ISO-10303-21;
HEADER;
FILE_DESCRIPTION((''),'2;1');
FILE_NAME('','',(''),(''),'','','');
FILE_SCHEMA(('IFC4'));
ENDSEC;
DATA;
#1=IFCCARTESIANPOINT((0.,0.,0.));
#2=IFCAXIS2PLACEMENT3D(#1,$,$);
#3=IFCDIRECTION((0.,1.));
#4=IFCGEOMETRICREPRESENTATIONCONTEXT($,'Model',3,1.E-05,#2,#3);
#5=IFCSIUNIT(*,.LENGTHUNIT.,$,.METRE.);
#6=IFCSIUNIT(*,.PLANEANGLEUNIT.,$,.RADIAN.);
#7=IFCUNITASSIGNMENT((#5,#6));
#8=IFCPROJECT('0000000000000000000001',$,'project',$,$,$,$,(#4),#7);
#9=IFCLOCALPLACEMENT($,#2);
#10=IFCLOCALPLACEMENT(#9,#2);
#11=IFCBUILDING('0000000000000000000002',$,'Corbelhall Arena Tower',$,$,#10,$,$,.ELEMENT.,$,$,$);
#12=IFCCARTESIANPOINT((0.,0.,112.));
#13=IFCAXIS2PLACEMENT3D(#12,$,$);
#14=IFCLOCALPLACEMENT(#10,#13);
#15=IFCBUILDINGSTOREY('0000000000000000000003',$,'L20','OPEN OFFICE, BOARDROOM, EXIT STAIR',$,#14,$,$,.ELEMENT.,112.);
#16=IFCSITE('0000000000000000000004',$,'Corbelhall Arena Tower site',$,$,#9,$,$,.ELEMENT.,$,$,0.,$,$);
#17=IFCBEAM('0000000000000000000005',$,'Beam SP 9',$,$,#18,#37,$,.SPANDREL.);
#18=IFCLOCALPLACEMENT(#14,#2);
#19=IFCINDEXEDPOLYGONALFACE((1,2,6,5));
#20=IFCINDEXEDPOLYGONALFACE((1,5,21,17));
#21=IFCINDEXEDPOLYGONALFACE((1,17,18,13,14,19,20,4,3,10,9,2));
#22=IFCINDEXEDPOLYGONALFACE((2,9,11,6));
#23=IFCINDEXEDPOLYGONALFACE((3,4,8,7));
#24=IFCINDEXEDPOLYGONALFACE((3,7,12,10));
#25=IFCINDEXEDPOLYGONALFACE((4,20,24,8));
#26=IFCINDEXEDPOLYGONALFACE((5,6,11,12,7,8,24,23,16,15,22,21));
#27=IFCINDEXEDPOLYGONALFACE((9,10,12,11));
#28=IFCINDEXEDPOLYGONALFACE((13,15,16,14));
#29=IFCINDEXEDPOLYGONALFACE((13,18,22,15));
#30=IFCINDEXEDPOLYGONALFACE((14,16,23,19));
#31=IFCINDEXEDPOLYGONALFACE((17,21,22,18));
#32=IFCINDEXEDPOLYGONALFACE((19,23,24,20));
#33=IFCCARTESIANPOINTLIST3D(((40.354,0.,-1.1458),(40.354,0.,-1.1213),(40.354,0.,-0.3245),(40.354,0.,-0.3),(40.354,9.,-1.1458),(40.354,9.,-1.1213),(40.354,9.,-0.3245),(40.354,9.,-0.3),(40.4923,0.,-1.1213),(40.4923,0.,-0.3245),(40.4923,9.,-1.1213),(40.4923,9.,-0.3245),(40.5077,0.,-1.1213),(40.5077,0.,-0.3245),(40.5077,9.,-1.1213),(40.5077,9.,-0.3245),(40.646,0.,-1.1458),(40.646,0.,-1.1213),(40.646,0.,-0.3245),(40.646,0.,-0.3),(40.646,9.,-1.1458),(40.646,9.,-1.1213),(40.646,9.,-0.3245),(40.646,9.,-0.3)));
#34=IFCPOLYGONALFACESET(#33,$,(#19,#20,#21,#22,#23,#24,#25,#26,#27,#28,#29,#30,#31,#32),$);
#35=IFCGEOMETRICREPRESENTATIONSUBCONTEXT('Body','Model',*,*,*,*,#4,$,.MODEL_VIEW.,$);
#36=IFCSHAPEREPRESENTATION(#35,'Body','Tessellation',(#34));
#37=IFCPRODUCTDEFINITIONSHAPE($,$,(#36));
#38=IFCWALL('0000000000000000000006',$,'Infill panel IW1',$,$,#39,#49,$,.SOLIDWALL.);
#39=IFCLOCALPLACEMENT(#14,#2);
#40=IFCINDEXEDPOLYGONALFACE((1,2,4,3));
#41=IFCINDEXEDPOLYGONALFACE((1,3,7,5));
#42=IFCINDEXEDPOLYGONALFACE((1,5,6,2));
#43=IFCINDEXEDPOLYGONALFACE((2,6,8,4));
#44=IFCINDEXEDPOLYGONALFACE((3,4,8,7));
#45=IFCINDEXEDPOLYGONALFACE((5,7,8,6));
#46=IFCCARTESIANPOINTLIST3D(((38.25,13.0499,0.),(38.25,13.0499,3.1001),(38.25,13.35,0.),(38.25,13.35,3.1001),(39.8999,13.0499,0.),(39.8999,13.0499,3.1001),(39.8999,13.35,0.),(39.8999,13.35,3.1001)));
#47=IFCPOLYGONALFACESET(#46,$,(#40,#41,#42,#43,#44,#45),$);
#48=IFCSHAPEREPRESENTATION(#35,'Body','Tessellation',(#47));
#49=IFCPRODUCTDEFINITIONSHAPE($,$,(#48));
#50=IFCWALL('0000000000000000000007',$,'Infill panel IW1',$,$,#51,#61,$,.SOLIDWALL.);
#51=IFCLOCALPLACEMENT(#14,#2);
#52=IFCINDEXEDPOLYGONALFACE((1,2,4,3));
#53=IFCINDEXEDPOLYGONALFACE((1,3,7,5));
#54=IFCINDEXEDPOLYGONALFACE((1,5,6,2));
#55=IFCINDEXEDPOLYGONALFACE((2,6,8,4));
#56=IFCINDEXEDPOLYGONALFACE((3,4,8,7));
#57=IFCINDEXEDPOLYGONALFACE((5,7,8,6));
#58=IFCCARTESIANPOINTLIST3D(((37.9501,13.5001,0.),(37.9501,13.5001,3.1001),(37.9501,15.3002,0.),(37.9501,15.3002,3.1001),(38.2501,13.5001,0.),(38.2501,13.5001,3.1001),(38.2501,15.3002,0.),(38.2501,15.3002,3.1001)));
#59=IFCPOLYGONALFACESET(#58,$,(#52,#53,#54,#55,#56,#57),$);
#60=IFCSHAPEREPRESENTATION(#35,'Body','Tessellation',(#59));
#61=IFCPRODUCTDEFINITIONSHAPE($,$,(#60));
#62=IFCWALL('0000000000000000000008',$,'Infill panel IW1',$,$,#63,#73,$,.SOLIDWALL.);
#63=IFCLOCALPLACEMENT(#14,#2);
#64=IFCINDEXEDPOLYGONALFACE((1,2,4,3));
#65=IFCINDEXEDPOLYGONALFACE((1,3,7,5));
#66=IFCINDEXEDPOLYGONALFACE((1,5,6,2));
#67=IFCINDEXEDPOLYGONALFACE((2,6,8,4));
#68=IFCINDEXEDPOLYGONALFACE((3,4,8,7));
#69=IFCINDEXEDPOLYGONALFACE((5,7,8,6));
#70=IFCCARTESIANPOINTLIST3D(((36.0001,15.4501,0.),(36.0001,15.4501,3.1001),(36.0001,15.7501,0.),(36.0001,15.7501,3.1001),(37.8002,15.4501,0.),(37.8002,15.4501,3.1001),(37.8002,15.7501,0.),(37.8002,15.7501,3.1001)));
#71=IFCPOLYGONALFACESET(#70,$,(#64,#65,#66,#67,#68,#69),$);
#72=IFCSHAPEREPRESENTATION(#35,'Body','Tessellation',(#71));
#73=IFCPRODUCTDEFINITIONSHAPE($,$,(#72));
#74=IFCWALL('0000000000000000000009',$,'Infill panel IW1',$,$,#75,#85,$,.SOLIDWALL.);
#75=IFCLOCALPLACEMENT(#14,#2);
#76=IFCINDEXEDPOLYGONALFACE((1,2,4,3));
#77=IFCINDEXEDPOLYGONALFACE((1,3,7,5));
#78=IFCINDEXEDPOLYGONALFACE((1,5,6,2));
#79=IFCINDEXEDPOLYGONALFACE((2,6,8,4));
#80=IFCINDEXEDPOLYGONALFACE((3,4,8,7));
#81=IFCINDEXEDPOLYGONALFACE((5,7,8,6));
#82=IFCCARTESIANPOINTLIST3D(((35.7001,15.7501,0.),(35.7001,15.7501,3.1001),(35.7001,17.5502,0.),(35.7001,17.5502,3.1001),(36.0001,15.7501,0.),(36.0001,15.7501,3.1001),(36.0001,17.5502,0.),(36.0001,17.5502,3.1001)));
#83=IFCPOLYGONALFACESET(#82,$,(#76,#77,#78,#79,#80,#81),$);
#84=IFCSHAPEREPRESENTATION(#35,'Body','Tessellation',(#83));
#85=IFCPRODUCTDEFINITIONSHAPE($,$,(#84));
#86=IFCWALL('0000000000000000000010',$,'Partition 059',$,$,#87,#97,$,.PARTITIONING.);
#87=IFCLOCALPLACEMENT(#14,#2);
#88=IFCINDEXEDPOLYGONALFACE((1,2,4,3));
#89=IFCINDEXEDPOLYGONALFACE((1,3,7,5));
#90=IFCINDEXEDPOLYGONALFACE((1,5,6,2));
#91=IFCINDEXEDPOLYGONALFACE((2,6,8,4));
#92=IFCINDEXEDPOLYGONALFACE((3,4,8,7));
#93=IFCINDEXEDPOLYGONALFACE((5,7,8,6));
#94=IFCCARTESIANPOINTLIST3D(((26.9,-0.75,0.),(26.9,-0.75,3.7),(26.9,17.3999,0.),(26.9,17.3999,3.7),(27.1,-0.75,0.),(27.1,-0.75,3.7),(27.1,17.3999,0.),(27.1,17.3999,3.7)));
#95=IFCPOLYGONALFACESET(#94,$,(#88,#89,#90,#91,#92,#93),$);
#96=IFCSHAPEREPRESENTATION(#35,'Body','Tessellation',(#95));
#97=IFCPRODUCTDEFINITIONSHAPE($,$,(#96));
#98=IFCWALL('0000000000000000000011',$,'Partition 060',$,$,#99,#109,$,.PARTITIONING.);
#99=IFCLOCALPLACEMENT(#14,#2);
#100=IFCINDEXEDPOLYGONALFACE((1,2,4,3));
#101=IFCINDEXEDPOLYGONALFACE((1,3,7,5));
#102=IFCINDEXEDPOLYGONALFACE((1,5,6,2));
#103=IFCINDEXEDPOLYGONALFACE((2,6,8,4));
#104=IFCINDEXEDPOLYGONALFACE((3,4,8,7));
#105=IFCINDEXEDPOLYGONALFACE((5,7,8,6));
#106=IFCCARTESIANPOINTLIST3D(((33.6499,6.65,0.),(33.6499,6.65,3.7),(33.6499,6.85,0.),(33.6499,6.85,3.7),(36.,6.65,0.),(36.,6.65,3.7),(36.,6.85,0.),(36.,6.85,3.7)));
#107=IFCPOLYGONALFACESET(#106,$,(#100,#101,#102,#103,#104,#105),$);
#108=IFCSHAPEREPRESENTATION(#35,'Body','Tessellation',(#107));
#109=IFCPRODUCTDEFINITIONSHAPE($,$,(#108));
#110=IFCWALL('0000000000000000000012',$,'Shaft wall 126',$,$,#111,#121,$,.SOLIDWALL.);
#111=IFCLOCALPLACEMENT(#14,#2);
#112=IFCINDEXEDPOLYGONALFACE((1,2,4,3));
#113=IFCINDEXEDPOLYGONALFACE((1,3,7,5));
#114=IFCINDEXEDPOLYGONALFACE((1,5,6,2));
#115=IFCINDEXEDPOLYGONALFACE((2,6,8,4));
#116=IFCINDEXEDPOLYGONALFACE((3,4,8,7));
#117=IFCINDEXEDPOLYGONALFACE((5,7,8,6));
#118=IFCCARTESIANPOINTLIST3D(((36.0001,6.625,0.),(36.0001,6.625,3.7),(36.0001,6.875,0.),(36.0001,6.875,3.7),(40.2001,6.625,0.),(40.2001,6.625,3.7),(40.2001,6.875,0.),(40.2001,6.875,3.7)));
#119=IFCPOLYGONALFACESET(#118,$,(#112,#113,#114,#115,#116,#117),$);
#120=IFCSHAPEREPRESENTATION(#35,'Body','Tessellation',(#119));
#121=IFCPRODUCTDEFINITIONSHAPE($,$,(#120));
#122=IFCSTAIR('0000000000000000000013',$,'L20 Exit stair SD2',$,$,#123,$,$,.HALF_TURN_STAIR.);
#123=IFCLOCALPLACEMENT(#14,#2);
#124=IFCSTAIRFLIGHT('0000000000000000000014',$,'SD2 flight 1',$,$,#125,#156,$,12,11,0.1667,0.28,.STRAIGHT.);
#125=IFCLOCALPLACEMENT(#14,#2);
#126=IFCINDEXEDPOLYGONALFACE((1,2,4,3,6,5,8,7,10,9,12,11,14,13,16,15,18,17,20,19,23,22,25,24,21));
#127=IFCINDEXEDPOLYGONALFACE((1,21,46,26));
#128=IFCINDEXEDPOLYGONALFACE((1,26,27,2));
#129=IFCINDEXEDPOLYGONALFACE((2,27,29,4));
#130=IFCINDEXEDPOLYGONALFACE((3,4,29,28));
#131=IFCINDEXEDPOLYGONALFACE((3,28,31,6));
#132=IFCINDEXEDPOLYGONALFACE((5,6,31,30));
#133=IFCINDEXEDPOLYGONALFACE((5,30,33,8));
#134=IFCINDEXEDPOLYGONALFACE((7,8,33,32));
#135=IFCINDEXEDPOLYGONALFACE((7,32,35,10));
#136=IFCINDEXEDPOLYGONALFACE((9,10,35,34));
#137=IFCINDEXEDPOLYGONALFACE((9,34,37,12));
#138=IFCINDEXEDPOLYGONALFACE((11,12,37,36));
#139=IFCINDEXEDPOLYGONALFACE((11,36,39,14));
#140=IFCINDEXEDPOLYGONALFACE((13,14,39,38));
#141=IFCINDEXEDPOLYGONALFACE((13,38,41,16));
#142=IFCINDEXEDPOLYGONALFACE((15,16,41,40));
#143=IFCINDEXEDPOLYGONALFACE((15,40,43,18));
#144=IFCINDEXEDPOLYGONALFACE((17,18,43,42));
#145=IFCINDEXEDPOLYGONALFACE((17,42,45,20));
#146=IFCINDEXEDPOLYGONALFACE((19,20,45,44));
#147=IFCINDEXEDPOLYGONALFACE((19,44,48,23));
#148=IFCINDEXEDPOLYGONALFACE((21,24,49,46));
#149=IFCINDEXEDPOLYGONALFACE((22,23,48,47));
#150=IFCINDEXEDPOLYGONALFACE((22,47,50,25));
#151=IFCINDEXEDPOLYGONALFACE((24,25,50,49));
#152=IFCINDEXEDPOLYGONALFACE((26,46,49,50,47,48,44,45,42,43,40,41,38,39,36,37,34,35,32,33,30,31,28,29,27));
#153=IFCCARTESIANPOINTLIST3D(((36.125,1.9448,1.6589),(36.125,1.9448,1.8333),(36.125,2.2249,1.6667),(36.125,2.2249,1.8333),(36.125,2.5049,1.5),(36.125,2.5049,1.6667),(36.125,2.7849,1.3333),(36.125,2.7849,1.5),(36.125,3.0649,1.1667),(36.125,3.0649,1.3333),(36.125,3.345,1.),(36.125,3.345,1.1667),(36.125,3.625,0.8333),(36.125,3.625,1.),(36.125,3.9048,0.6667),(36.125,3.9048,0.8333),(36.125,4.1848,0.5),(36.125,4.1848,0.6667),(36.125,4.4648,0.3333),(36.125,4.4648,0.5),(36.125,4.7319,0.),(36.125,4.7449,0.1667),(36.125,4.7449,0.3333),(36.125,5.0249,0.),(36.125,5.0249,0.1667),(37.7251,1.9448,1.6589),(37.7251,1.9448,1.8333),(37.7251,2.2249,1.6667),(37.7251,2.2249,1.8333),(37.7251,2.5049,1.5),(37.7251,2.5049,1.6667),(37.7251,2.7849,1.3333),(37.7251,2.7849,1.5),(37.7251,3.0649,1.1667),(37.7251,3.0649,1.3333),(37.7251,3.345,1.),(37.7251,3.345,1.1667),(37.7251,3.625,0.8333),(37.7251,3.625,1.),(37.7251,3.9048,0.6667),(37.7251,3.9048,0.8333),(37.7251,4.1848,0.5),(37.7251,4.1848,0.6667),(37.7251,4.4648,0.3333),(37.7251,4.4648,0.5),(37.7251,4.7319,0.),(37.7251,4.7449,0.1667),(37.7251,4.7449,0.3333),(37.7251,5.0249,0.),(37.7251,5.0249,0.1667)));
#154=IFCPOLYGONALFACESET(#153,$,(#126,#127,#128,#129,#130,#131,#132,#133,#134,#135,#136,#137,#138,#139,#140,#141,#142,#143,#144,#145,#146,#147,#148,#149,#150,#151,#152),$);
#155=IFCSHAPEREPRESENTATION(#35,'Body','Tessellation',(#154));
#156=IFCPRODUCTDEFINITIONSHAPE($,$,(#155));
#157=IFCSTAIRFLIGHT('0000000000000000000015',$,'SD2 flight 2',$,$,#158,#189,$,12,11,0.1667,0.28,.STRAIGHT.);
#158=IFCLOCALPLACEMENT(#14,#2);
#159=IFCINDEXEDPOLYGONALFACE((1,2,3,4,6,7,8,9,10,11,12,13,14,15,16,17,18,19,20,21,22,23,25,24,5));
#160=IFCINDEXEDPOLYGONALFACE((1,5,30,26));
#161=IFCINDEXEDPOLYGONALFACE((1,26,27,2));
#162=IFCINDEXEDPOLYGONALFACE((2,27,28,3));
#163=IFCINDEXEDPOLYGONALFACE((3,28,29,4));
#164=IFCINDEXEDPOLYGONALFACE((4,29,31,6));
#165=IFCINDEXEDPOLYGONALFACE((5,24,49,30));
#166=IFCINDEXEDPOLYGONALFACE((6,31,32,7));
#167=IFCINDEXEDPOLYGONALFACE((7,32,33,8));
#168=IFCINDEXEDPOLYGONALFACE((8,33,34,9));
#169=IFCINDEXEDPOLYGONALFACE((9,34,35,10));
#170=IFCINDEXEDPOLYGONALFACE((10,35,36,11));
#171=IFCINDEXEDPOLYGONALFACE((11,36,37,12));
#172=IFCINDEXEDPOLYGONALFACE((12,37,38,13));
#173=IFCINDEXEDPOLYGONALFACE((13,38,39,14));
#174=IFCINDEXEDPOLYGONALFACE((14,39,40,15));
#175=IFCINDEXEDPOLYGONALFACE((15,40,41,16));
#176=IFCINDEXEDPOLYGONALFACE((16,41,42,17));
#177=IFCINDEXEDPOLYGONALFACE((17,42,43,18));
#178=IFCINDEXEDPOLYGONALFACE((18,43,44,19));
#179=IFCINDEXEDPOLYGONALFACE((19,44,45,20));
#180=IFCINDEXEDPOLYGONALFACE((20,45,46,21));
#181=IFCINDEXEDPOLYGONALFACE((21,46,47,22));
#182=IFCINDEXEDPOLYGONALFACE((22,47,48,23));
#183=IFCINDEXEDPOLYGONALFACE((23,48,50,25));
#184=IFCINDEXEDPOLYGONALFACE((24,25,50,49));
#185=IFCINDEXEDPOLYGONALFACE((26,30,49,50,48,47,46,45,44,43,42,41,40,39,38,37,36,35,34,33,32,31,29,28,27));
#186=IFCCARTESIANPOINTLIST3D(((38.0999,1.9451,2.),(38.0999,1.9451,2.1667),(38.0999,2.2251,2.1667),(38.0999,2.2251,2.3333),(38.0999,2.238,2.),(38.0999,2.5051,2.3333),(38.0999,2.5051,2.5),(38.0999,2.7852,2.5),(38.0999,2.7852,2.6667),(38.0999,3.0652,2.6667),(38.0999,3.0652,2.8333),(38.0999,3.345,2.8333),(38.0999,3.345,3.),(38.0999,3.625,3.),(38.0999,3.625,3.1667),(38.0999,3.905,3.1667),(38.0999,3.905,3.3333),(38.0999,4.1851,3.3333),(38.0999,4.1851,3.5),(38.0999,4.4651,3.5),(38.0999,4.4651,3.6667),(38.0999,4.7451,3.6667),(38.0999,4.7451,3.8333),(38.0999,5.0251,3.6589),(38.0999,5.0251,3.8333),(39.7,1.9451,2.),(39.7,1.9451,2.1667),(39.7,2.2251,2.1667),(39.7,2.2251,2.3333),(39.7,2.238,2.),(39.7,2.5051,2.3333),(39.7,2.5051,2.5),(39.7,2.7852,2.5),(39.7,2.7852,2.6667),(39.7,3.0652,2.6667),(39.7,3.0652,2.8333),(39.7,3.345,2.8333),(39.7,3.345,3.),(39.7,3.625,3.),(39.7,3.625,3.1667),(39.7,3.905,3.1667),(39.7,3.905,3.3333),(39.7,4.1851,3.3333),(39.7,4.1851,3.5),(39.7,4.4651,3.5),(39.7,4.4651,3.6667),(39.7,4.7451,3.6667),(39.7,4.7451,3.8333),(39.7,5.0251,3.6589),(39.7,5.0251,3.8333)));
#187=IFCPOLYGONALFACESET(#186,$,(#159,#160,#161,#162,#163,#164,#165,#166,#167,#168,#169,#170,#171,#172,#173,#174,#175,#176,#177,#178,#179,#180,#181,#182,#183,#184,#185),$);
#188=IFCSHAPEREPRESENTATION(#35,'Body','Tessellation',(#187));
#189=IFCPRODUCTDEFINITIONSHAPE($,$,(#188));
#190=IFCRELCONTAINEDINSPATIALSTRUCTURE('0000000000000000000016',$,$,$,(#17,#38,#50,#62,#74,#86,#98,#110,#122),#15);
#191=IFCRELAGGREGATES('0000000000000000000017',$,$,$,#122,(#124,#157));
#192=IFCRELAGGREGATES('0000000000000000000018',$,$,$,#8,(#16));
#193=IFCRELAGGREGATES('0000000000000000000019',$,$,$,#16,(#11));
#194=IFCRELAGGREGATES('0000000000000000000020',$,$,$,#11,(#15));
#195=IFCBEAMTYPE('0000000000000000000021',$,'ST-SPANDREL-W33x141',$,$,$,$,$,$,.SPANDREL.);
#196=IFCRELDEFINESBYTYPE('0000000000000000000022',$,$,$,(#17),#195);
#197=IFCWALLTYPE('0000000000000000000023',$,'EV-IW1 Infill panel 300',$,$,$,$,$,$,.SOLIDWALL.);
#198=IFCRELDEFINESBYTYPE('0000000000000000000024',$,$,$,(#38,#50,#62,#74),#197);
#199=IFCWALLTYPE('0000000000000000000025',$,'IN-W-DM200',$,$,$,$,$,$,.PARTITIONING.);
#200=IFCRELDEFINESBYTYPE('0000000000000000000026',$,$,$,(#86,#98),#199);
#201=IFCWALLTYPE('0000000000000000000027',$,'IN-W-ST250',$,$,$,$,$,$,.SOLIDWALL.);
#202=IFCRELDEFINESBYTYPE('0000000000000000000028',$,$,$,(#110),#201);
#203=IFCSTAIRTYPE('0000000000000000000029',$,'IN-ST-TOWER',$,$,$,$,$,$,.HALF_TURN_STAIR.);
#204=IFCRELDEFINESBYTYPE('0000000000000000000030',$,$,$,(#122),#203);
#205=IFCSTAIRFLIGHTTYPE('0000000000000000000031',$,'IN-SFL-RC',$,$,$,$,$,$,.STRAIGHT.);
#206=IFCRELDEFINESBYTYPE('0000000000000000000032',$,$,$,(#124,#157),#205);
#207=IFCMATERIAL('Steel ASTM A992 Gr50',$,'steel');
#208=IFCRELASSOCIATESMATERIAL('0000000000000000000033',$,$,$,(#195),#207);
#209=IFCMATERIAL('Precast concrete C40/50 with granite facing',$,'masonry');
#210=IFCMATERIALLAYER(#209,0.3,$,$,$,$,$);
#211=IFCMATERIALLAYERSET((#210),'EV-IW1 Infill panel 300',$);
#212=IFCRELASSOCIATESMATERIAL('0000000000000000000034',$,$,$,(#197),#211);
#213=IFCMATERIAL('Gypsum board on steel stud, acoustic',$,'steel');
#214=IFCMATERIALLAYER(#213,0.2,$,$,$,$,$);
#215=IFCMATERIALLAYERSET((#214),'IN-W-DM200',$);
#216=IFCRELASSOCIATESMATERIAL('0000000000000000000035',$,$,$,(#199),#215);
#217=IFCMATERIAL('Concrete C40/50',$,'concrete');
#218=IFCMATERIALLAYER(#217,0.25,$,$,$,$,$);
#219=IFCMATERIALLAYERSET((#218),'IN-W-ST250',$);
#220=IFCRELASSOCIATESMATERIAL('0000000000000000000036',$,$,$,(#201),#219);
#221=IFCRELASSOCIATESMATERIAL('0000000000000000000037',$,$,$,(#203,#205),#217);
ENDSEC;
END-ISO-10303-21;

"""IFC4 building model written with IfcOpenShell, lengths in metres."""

from ifc_helpers import new_model, si_unit, direction, frame, frame_2d, origin, origin_2d, place, context, subcontext, project, spatial, polyline, rectangle, i_section, outline, extrude, material, layer, layer_set, material_profile, profile_set, type_object, element, aggregate, save


model = new_model("IFC4")

# Units and contexts
model_context = context("Model", 3, precision=1e-05, world=origin(), true_north=direction((0.0, 1.0)))
body_context = subcontext(model_context, "Body", "Model", "MODEL_VIEW")
ifc_project = project(units=[si_unit("LENGTHUNIT", "METRE"), si_unit("PLANEANGLEUNIT", "RADIAN")], contexts=[model_context])

# Site, building, storey
site_placement = place(None, origin())
site = spatial("IfcSite", under=ifc_project, at=site_placement, Name="Corbelhall Arena Tower site", CompositionType="ELEMENT", RefElevation=0.0)
building_placement = place(site_placement, origin())
building = spatial("IfcBuilding", under=site, at=building_placement, Name="Corbelhall Arena Tower", CompositionType="ELEMENT")
storey_placement = place(building_placement, frame((0.0, 0.0, 112.0)))
storey = spatial("IfcBuildingStorey", under=building, at=storey_placement, Name="L20", Description="OPEN OFFICE, BOARDROOM, EXIT STAIR", CompositionType="ELEMENT", Elevation=112.0)

# Beam
ifc_material_1 = material(Name="Steel ASTM A992 Gr50", Category="steel")
ifc_material_profile_1 = material_profile(ifc_material_1, i_section(OverallWidth=0.292, OverallDepth=0.8457, WebThickness=0.0154, FlangeThickness=0.0244, at=origin_2d()))
ifc_profile_set_1 = profile_set([ifc_material_profile_1], Name="Steel ASTM A992 Gr50")
beam_type_1 = type_object("IfcBeamType", Name="ST-SPANDREL-W33x141", PredefinedType="SPANDREL", material=ifc_profile_set_1)
for number, where, z_axis, x_axis, name in (
    (1, (40.5, 9.0, -0.7229), (0.0, -1.0, 0.0), (1.0, 0.0, 0.0), "Beam SP 9"),
):
    element("IfcBeam", number, at=place(storey_placement, frame(where, z_axis=z_axis, x_axis=x_axis)), inside=storey, type_object=beam_type_1, Name=name, PredefinedType="SPANDREL", context=body_context, shape_type="SweptSolid", body=[
        extrude(i_section(OverallWidth=0.292, OverallDepth=0.8457, WebThickness=0.0154, FlangeThickness=0.0244, at=origin_2d()), origin(), (0.0, 0.0, 1.0), 9.0),
    ])

# Walls
ifc_material_2 = material(Name="Precast concrete C40/50 with granite facing", Category="masonry")
ifc_layer_1 = layer(ifc_material_2, 0.3)
ifc_layer_set_1 = layer_set([ifc_layer_1], Name="EV-IW1 Infill panel 300")
wall_type_1 = type_object("IfcWallType", Name="EV-IW1 Infill panel 300", PredefinedType="SOLIDWALL", material=ifc_layer_set_1)
wall_1_placement = place(storey_placement, frame((39.8999, 13.2, 0.0), z_axis=(0.0, 0.0, 1.0), x_axis=(-1.0, 0.0, 0.0)))
element("IfcWall", 2, at=wall_1_placement, inside=storey, type_object=wall_type_1, Name="Infill panel IW1", PredefinedType="SOLIDWALL", context=body_context, shape_type="SweptSolid", body=[
    extrude(rectangle(XDim=1.6499, YDim=0.3, at=frame_2d((0.825, 0.0))), origin(), (0.0, 0.0, 1.0), 3.1001),
])
for number, where, z_axis, x_axis, name in (
    (3, (38.1001, 15.3, 0.0), (0.0, 0.0, 1.0), (0.0, -1.0, 0.0), "Infill panel IW1"),
    (4, (37.8, 15.6001, 0.0), (0.0, 0.0, 1.0), (-1.0, 0.0, 0.0), "Infill panel IW1"),
    (5, (35.8501, 17.55, 0.0), (0.0, 0.0, 1.0), (0.0, -1.0, 0.0), "Infill panel IW1"),
):
    element("IfcWall", number, at=place(storey_placement, frame(where, z_axis=z_axis, x_axis=x_axis)), inside=storey, type_object=wall_type_1, Name=name, PredefinedType="SOLIDWALL", context=body_context, shape_type="SweptSolid", body=[
        extrude(rectangle(XDim=1.8, YDim=0.3, at=frame_2d((0.8999, 0.0))), origin(), (0.0, 0.0, 1.0), 3.1001),
    ])

# Walls
ifc_material_3 = material(Name="Gypsum board on steel stud, acoustic", Category="steel")
ifc_layer_2 = layer(ifc_material_3, 0.2)
ifc_layer_set_2 = layer_set([ifc_layer_2], Name="IN-W-DM200")
wall_type_2 = type_object("IfcWallType", Name="IN-W-DM200", PredefinedType="PARTITIONING", material=ifc_layer_set_2)
wall_2_placement = place(storey_placement, frame((27.0, 17.3999, 0.0), z_axis=(0.0, 0.0, 1.0), x_axis=(0.0, -1.0, 0.0)))
element("IfcWall", 6, at=wall_2_placement, inside=storey, type_object=wall_type_2, Name="Partition 059", PredefinedType="PARTITIONING", context=body_context, shape_type="SweptSolid", body=[
    extrude(rectangle(XDim=18.1499, YDim=0.2, at=frame_2d((9.075, 0.0))), origin(), (0.0, 0.0, 1.0), 3.7),
])
wall_3_placement = place(storey_placement, frame((33.6499, 6.75, 0.0), z_axis=(0.0, 0.0, 1.0), x_axis=(1.0, 0.0, 0.0)))
element("IfcWall", 7, at=wall_3_placement, inside=storey, type_object=wall_type_2, Name="Partition 060", PredefinedType="PARTITIONING", context=body_context, shape_type="SweptSolid", body=[
    extrude(rectangle(XDim=2.3501, YDim=0.2, at=frame_2d((1.175, 0.0))), origin(), (0.0, 0.0, 1.0), 3.7),
])
ifc_material_4 = material(Name="Concrete C40/50", Category="concrete")
ifc_layer_3 = layer(ifc_material_4, 0.25)
ifc_layer_set_3 = layer_set([ifc_layer_3], Name="IN-W-ST250")
wall_type_3 = type_object("IfcWallType", Name="IN-W-ST250", PredefinedType="SOLIDWALL", material=ifc_layer_set_3)
wall_4_placement = place(storey_placement, frame((36.0, 6.75, 0.0), z_axis=(0.0, 0.0, 1.0), x_axis=(1.0, 0.0, 0.0)))
element("IfcWall", 8, at=wall_4_placement, inside=storey, type_object=wall_type_3, Name="Shaft wall 126", PredefinedType="SOLIDWALL", context=body_context, shape_type="SweptSolid", body=[
    extrude(rectangle(XDim=4.2, YDim=0.25, at=frame_2d((2.1001, 0.0))), origin(), (0.0, 0.0, 1.0), 3.7),
])

# Stair, stair flights
stair_type = type_object("IfcStairType", Name="IN-ST-TOWER", PredefinedType="HALF_TURN_STAIR", material=ifc_material_4)
stair_placement = place(storey_placement, origin())
stair = element("IfcStair", 9, at=stair_placement, inside=storey, type_object=stair_type, Name="L20 Exit stair SD2", PredefinedType="HALF_TURN_STAIR")
stair_flight_type = type_object("IfcStairFlightType", Name="IN-SFL-RC", PredefinedType="STRAIGHT", material=ifc_material_4)
stair_flight_1_placement = place(storey_placement, frame((36.925, 5.0249, 0.0), z_axis=(0.0, 0.0, 1.0), x_axis=(0.0, -1.0, 0.0)))
stair_flight_1 = element("IfcStairFlight", 10, at=stair_flight_1_placement, type_object=stair_flight_type, Name="SD2 flight 1", NumberOfRisers=12, NumberOfTreads=11, PredefinedType="STRAIGHT", RiserHeight=0.1667, TreadLength=0.28, context=body_context, shape_type="SweptSolid", body=[
    extrude(outline(polyline([(0.0, 0.0), (0.0, 0.1667), (0.28, 0.1667), (0.28, 0.3333), (0.5601, 0.3333), (0.5601, 0.5), (0.8401, 0.5), (0.8401, 0.6667), (1.1201, 0.6667), (1.1201, 0.8333), (1.3999, 0.8333), (1.3999, 1.0), (1.6799, 1.0), (1.6799, 1.1667), (1.96, 1.1667), (1.96, 1.3333), (2.24, 1.3333), (2.24, 1.5), (2.52, 1.5), (2.52, 1.6667), (2.8, 1.6667), (2.8, 1.8333), (3.0801, 1.8333), (3.0801, 2.0), (3.0801, 1.6589), (0.293, 0.0), (0.0, 0.0)])), frame((0.0, 0.8, 0.0), z_axis=(0.0, -1.0, 0.0), x_axis=(1.0, 0.0, 0.0)), (0.0, 0.0, 1.0), 1.6001),
])
stair_flight_2_placement = place(storey_placement, frame((38.8999, 1.9451, 2.0), z_axis=(0.0, 0.0, 1.0), x_axis=(0.0, 1.0, 0.0)))
stair_flight_2 = element("IfcStairFlight", 11, at=stair_flight_2_placement, type_object=stair_flight_type, Name="SD2 flight 2", NumberOfRisers=12, NumberOfTreads=11, PredefinedType="STRAIGHT", RiserHeight=0.1667, TreadLength=0.28, context=body_context, shape_type="SweptSolid", body=[
    extrude(outline(polyline([(0.0, 0.0), (0.0, 0.1667), (0.28, 0.1667), (0.28, 0.3333), (0.5601, 0.3333), (0.5601, 0.5), (0.8401, 0.5), (0.8401, 0.6667), (1.1201, 0.6667), (1.1201, 0.8333), (1.3999, 0.8333), (1.3999, 1.0), (1.6799, 1.0), (1.6799, 1.1667), (1.96, 1.1667), (1.96, 1.3333), (2.24, 1.3333), (2.24, 1.5), (2.52, 1.5), (2.52, 1.6667), (2.8, 1.6667), (2.8, 1.8333), (3.0801, 1.8333), (3.0801, 2.0), (3.0801, 1.6589), (0.293, 0.0), (0.0, 0.0)])), frame((0.0, 0.8, 0.0), z_axis=(0.0, -1.0, 0.0), x_axis=(1.0, 0.0, 0.0)), (0.0, 0.0, 1.0), 1.6001),
])
aggregate(stair, [stair_flight_1, stair_flight_2])

save(model, "model.ifc")
